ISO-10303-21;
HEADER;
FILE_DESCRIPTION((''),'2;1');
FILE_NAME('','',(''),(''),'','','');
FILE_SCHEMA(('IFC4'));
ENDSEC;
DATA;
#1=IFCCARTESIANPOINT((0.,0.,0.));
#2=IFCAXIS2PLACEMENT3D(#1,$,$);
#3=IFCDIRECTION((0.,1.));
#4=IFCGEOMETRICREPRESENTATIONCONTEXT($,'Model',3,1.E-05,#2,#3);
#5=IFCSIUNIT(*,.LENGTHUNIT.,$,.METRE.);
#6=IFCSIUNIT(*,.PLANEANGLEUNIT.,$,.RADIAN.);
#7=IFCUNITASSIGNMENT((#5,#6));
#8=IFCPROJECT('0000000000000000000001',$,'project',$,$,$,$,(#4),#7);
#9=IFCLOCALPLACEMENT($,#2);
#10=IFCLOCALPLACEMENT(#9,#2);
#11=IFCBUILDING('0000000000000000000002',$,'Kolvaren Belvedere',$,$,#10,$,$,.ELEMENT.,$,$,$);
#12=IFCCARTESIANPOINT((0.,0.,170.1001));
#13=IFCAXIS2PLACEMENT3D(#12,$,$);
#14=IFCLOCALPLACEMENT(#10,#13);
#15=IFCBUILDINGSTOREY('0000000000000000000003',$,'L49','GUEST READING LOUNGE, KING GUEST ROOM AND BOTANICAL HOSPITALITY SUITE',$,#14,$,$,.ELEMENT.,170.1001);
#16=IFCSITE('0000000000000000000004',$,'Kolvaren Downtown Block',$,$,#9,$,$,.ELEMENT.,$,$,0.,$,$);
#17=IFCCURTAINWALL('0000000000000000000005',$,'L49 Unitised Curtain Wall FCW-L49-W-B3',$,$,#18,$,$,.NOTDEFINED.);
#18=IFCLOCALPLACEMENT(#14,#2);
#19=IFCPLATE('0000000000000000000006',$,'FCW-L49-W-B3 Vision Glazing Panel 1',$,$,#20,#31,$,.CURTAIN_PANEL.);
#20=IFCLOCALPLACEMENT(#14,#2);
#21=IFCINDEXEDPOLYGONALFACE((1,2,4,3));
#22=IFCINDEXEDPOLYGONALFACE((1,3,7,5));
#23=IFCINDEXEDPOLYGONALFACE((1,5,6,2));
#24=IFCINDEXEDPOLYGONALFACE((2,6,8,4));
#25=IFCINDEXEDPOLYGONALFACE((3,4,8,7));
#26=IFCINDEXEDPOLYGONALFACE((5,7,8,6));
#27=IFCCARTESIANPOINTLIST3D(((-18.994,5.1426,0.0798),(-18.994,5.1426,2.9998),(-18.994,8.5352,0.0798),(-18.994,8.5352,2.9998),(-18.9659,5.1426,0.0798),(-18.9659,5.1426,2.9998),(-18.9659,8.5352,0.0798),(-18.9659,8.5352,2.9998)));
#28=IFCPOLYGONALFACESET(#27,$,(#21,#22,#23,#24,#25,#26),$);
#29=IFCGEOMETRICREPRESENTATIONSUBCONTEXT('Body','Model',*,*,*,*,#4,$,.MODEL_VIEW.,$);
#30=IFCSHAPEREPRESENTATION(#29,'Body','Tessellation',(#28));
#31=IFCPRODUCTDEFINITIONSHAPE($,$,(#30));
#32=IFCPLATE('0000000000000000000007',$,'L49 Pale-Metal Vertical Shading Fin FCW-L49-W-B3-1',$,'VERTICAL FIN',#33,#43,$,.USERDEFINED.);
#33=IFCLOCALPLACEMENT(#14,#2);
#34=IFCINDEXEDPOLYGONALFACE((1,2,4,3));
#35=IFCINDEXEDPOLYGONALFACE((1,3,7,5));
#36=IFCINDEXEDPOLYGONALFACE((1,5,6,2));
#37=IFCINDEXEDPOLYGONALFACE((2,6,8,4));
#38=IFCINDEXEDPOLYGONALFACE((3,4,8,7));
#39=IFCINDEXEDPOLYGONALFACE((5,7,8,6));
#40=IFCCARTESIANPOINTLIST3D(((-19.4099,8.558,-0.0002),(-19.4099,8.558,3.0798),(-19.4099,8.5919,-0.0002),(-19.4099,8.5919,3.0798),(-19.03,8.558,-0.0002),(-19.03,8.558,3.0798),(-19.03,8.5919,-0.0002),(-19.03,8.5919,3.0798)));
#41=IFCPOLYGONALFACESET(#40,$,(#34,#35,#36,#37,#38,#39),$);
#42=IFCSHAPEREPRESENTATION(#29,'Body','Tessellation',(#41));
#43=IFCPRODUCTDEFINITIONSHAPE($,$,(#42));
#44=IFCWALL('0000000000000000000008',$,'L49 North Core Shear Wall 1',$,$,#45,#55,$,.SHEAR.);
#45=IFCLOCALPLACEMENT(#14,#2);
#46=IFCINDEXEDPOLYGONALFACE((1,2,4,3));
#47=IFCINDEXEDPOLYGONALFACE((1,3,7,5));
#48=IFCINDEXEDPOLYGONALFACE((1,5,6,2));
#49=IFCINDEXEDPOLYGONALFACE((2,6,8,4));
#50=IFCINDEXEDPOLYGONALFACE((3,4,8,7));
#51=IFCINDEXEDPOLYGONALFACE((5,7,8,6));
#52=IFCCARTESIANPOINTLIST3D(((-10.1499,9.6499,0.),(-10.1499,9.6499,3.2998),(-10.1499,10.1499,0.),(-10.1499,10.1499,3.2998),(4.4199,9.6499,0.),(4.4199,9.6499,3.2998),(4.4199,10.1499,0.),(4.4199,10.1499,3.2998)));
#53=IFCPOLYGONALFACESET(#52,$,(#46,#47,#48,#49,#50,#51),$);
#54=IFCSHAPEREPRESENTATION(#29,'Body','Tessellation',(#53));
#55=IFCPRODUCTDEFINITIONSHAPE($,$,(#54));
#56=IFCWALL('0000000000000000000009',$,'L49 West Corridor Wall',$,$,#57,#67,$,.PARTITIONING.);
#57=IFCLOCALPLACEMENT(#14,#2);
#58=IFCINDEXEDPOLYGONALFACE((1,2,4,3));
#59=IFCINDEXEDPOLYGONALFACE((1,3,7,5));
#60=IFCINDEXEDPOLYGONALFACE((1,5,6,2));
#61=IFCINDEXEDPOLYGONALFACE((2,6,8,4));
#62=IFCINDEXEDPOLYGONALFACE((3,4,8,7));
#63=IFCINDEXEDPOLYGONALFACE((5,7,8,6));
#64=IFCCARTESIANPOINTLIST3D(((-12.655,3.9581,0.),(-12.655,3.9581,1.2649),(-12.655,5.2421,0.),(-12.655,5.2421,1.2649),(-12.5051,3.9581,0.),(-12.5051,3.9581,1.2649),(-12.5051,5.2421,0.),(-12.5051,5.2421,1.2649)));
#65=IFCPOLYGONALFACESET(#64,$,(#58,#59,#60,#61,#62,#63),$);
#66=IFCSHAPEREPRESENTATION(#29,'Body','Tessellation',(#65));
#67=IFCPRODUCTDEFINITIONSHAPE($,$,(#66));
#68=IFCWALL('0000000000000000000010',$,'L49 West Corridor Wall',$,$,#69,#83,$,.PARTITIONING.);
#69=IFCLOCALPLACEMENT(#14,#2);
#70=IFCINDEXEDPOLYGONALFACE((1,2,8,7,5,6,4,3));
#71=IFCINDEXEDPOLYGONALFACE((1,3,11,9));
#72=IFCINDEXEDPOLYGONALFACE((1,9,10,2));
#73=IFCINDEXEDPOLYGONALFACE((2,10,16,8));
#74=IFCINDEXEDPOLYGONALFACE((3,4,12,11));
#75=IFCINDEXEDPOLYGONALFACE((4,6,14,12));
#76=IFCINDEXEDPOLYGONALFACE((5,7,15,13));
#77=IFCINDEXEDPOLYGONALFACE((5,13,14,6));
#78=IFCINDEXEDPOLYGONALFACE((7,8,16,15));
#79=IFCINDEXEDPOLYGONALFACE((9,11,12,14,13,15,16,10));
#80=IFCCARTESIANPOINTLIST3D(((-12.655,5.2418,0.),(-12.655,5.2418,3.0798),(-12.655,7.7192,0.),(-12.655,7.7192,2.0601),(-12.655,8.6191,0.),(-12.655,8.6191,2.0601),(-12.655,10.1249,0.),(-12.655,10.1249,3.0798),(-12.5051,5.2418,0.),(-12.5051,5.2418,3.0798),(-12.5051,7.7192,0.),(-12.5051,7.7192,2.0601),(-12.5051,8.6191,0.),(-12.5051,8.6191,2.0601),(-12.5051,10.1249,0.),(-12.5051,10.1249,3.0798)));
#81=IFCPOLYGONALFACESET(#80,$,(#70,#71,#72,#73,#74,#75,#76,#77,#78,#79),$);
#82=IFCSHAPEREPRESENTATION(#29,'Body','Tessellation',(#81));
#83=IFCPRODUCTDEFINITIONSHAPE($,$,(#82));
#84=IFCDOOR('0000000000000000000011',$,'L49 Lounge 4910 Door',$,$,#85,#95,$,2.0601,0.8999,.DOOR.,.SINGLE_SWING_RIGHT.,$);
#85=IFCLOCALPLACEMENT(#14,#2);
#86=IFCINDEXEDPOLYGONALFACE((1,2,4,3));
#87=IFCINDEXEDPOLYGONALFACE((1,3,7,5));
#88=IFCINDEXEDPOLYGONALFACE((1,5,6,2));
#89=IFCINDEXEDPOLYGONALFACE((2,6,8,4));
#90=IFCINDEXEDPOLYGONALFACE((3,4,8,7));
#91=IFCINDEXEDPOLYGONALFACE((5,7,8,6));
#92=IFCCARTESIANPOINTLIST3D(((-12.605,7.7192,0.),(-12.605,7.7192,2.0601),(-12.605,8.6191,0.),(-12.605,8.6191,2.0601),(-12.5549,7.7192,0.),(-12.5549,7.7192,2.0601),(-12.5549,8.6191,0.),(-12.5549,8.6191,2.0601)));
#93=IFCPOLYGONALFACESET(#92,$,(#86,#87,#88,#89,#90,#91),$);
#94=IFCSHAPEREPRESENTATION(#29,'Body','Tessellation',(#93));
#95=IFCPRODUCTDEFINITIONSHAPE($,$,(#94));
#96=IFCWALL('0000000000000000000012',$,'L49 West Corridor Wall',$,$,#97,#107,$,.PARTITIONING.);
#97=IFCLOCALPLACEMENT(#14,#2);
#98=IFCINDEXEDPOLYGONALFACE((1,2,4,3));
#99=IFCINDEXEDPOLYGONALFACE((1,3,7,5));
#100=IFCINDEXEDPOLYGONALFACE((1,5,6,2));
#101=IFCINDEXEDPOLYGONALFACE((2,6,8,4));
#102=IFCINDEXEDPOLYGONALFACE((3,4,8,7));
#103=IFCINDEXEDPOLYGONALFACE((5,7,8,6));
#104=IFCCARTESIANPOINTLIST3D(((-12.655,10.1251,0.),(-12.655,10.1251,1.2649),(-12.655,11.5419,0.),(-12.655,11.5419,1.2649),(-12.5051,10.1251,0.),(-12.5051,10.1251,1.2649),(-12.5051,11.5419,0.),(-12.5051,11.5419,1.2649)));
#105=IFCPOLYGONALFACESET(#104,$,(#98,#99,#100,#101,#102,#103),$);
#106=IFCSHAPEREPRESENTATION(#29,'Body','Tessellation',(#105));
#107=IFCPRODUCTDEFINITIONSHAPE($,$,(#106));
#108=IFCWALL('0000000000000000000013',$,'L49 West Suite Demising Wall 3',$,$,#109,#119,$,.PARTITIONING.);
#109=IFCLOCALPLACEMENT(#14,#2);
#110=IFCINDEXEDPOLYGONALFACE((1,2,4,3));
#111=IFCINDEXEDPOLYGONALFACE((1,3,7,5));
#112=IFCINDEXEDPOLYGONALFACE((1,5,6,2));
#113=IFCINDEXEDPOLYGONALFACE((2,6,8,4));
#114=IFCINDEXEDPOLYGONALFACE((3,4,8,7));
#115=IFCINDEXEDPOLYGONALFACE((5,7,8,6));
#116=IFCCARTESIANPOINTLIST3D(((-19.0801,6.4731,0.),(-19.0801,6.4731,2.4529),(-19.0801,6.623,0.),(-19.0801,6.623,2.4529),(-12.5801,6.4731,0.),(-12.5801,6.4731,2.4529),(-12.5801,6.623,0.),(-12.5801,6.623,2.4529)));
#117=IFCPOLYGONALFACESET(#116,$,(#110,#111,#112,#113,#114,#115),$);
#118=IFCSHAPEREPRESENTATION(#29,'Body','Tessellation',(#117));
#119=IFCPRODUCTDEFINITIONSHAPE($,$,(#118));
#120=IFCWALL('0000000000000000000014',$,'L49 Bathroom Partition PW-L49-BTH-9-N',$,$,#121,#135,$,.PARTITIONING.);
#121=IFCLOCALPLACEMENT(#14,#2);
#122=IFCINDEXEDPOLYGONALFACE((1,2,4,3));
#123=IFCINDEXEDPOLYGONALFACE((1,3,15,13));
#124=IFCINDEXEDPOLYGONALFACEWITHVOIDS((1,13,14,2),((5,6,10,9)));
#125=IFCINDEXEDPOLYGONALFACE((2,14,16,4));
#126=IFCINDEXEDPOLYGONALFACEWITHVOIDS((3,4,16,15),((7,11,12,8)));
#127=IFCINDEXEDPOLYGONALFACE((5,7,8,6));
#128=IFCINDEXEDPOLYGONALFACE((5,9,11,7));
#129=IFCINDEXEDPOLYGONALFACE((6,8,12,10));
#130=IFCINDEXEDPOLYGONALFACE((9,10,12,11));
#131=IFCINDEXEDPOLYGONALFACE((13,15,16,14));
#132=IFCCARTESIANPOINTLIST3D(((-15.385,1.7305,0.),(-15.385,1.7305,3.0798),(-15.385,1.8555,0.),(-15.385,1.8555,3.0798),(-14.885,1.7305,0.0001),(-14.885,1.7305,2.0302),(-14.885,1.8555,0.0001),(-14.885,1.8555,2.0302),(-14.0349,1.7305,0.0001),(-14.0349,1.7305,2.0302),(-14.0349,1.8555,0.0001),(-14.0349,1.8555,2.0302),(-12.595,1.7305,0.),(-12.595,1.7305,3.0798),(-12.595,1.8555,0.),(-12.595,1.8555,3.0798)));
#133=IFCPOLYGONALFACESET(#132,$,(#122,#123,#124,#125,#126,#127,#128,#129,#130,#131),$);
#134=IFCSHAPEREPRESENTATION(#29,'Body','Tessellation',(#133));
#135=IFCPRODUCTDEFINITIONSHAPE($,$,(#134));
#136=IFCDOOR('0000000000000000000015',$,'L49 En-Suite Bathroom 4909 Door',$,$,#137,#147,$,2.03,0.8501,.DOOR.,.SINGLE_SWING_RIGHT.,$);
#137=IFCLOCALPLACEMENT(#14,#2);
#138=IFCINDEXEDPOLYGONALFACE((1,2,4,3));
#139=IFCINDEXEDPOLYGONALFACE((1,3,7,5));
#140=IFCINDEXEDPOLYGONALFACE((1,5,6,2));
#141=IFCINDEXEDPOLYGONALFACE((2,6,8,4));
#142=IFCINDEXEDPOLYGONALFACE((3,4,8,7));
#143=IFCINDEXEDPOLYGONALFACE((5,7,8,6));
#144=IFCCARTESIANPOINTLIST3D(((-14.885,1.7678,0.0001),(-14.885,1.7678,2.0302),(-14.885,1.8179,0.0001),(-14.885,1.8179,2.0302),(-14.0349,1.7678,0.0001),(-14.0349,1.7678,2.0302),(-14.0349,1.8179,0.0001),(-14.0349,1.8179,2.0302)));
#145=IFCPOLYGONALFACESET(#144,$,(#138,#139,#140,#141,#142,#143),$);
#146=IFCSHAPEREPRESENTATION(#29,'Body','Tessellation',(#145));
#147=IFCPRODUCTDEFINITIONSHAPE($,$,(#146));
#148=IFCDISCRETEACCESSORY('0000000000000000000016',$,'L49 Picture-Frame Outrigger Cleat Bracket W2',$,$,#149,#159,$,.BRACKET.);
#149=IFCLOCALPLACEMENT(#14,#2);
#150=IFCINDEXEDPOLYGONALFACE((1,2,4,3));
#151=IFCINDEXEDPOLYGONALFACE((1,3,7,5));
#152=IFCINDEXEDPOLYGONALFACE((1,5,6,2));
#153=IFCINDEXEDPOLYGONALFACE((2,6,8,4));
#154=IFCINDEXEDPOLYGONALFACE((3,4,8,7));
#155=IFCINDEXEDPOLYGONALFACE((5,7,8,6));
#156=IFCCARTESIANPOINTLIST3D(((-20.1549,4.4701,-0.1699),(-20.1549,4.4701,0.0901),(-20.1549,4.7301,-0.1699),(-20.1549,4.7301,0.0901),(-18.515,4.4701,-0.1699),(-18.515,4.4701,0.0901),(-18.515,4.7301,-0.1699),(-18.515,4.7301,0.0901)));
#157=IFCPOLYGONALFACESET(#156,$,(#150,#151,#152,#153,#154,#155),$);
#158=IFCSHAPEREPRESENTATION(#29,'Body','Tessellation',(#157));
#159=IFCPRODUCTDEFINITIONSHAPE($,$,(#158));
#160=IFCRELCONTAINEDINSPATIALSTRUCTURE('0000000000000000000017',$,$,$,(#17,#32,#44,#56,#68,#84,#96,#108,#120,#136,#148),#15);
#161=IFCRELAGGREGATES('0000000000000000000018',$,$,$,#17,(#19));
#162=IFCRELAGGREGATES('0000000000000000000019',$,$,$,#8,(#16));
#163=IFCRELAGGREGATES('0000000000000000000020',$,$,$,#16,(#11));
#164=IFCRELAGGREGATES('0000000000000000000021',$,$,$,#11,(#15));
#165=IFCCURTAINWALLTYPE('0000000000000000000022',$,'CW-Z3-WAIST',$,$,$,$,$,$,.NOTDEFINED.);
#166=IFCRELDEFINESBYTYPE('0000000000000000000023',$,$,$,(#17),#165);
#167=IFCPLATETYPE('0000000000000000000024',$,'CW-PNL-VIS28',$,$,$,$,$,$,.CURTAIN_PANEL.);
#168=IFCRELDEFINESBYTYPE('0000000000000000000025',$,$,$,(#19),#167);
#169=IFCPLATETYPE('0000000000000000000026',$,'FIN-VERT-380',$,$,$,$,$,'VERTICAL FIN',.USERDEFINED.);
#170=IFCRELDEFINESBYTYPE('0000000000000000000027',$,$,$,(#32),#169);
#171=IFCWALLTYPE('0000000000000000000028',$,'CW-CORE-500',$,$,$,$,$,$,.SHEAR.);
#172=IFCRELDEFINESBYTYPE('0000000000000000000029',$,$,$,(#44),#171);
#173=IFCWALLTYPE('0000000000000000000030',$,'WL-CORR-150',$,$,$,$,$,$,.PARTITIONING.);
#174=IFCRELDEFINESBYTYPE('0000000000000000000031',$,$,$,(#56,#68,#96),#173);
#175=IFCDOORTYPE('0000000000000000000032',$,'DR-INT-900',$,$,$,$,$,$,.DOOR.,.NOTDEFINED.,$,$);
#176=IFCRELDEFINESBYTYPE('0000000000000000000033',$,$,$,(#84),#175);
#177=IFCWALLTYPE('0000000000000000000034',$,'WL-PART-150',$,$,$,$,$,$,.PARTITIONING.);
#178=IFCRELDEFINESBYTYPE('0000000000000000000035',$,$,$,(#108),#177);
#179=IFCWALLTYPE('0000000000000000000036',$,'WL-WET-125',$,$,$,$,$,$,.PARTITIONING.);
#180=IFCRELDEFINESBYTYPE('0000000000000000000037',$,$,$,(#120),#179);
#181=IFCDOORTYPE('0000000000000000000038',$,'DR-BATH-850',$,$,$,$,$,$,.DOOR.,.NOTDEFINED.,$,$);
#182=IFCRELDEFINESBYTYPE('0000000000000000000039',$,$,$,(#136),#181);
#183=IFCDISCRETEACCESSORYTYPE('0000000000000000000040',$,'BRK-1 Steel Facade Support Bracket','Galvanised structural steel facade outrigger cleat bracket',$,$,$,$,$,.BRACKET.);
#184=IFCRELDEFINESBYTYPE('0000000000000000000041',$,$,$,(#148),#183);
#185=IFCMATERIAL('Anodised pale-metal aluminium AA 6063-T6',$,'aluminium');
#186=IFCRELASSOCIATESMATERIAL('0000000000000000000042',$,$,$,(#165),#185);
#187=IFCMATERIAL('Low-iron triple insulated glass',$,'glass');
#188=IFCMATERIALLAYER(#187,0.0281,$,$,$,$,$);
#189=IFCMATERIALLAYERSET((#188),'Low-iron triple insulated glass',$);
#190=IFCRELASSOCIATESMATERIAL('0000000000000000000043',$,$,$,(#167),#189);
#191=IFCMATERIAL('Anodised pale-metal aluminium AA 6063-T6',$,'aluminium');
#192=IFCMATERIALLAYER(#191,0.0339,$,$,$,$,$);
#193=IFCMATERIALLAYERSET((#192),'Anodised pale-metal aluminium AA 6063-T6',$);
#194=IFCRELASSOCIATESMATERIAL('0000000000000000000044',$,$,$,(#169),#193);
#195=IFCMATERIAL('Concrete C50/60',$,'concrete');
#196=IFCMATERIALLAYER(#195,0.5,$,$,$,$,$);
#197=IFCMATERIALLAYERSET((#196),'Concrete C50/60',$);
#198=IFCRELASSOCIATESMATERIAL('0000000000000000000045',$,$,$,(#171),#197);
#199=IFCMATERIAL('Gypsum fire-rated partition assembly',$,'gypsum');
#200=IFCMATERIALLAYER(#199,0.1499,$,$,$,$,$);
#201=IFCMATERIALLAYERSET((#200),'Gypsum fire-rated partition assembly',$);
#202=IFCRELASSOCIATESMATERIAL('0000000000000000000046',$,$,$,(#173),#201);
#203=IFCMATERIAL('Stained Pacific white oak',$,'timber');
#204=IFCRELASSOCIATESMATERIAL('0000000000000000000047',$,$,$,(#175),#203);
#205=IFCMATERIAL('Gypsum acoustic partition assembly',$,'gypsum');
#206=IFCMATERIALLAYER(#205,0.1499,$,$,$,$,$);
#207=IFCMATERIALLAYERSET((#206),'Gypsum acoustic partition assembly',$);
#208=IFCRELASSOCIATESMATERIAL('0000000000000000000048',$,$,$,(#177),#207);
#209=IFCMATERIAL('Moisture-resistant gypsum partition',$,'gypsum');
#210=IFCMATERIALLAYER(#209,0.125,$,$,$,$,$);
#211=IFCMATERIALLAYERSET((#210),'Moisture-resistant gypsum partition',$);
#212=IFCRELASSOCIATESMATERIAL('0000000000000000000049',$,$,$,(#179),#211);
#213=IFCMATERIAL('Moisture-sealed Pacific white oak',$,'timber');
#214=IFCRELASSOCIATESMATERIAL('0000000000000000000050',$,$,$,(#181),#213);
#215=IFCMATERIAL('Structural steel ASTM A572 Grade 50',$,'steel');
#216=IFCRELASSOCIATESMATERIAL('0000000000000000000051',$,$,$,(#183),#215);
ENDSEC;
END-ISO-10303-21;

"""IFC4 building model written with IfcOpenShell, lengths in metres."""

from ifc_helpers import new_model, si_unit, direction, frame, frame_2d, origin, origin_2d, place, context, subcontext, project, spatial, rectangle, extrude, material, layer, layer_set, type_object, element, fill, aggregate, save


model = new_model("IFC4")

# Units and contexts
model_context = context("Model", 3, precision=1e-05, world=origin(), true_north=direction((0.0, 1.0)))
body_context = subcontext(model_context, "Body", "Model", "MODEL_VIEW")
ifc_project = project(units=[si_unit("LENGTHUNIT", "METRE"), si_unit("PLANEANGLEUNIT", "RADIAN")], contexts=[model_context])

# Site, building, storey
site_placement = place(None, origin())
site = spatial("IfcSite", under=ifc_project, at=site_placement, Name="Kolvaren Downtown Block", CompositionType="ELEMENT", RefElevation=0.0)
building_placement = place(site_placement, origin())
building = spatial("IfcBuilding", under=site, at=building_placement, Name="Kolvaren Belvedere", CompositionType="ELEMENT")
storey_placement = place(building_placement, frame((0.0, 0.0, 170.1001)))
storey = spatial("IfcBuildingStorey", under=building, at=storey_placement, Name="L49", Description="GUEST READING LOUNGE, KING GUEST ROOM AND BOTANICAL HOSPITALITY SUITE", CompositionType="ELEMENT", Elevation=170.1001)

# Curtain wall
ifc_material_1 = material(Name="Anodised pale-metal aluminium AA 6063-T6", Category="aluminium")
curtain_wall_type = type_object("IfcCurtainWallType", Name="CW-Z3-WAIST", PredefinedType="NOTDEFINED", material=ifc_material_1)
curtain_wall_1_placement = place(storey_placement, origin())
curtain_wall_1 = element("IfcCurtainWall", 1, at=curtain_wall_1_placement, inside=storey, type_object=curtain_wall_type, Name="L49 Unitised Curtain Wall FCW-L49-W-B3", PredefinedType="NOTDEFINED")

# Plates
ifc_material_2 = material(Name="Low-iron triple insulated glass", Category="glass")
ifc_layer_1 = layer(ifc_material_2, 0.0281)
ifc_layer_set_1 = layer_set([ifc_layer_1], Name="Low-iron triple insulated glass")
plate_type_1 = type_object("IfcPlateType", Name="CW-PNL-VIS28", PredefinedType="CURTAIN_PANEL", material=ifc_layer_set_1)
plate_1_placement = place(storey_placement, frame((-18.98, 6.8389, 0.0798), z_axis=(0.0, 0.0, 1.0), x_axis=(0.0, 1.0, 0.0)))
plate_1 = element("IfcPlate", 2, at=plate_1_placement, type_object=plate_type_1, Name="FCW-L49-W-B3 Vision Glazing Panel 1", PredefinedType="CURTAIN_PANEL", context=body_context, shape_type="SweptSolid", body=[
    extrude(rectangle(XDim=3.3926, YDim=0.0281, at=origin_2d()), origin(), (0.0, 0.0, 1.0), 2.9199),
])
aggregate(curtain_wall_1, [plate_1])
ifc_material_3 = material(Name="Anodised pale-metal aluminium AA 6063-T6", Category="aluminium")
ifc_layer_2 = layer(ifc_material_3, 0.0339)
ifc_layer_set_2 = layer_set([ifc_layer_2], Name="Anodised pale-metal aluminium AA 6063-T6")
plate_type_2 = type_object("IfcPlateType", Name="FIN-VERT-380", ElementType="VERTICAL FIN", PredefinedType="USERDEFINED", material=ifc_layer_set_2)
plate_2_placement = place(storey_placement, frame((-19.22, 8.575, -0.0002), z_axis=(0.0, 0.0, 1.0), x_axis=(1.0, 0.0, 0.0)))
element("IfcPlate", 3, at=plate_2_placement, inside=storey, type_object=plate_type_2, Name="L49 Pale-Metal Vertical Shading Fin FCW-L49-W-B3-1", ObjectType="VERTICAL FIN", PredefinedType="USERDEFINED", context=body_context, shape_type="SweptSolid", body=[
    extrude(rectangle(XDim=0.3799, YDim=0.0339, at=origin_2d()), origin(), (0.0, 0.0, 1.0), 3.0801),
])

# Walls
ifc_material_4 = material(Name="Concrete C50/60", Category="concrete")
ifc_layer_3 = layer(ifc_material_4, 0.5)
ifc_layer_set_3 = layer_set([ifc_layer_3], Name="Concrete C50/60")
wall_type_1 = type_object("IfcWallType", Name="CW-CORE-500", PredefinedType="SHEAR", material=ifc_layer_set_3)
wall_1_placement = place(storey_placement, frame((-10.1499, 9.8999, 0.0), z_axis=(0.0, 0.0, 1.0), x_axis=(1.0, 0.0, 0.0)))
element("IfcWall", 4, at=wall_1_placement, inside=storey, type_object=wall_type_1, Name="L49 North Core Shear Wall 1", PredefinedType="SHEAR", context=body_context, shape_type="SweptSolid", body=[
    extrude(rectangle(XDim=14.5698, YDim=0.5, at=frame_2d((7.2849, 0.0))), origin(), (0.0, 0.0, 1.0), 3.2998),
])
ifc_material_5 = material(Name="Gypsum fire-rated partition assembly", Category="gypsum")
ifc_layer_4 = layer(ifc_material_5, 0.1499)
ifc_layer_set_4 = layer_set([ifc_layer_4], Name="Gypsum fire-rated partition assembly")
wall_type_2 = type_object("IfcWallType", Name="WL-CORR-150", PredefinedType="PARTITIONING", material=ifc_layer_set_4)
wall_2_placement = place(storey_placement, frame((-12.5801, 3.958, 0.0), z_axis=(0.0, 0.0, 1.0), x_axis=(0.0, 1.0, 0.0)))
element("IfcWall", 5, at=wall_2_placement, inside=storey, type_object=wall_type_2, Name="L49 West Corridor Wall", PredefinedType="PARTITIONING", context=body_context, shape_type="SweptSolid", body=[
    extrude(rectangle(XDim=1.2839, YDim=0.1499, at=frame_2d((0.6421, 0.0))), origin(), (0.0, 0.0, 1.0), 1.2649),
])

# Wall, opening, door
wall_3_placement = place(storey_placement, frame((-12.5801, 5.2419, 0.0), z_axis=(0.0, 0.0, 1.0), x_axis=(0.0, 1.0, 0.0)))
wall_3 = element("IfcWall", 6, at=wall_3_placement, inside=storey, type_object=wall_type_2, Name="L49 West Corridor Wall", PredefinedType="PARTITIONING", context=body_context, shape_type="SweptSolid", body=[
    extrude(rectangle(XDim=4.8831, YDim=0.1499, at=frame_2d((2.4414, 0.0))), origin(), (0.0, 0.0, 1.0), 3.0798),
])
opening_1_placement = place(wall_3_placement, frame((2.4773, 0.0, 0.0)))
opening_1 = element("IfcOpeningElement", 7, at=opening_1_placement, cuts=wall_3, PredefinedType="OPENING", context=body_context, shape_type="SweptSolid", body=[
    extrude(rectangle(XDim=0.8999, YDim=2.0601, at=frame_2d((0.45, 1.03))), frame((0.0, 0.085, 0.0), z_axis=(0.0, -1.0, 0.0), x_axis=(1.0, 0.0, 0.0)), (0.0, 0.0, 1.0), 0.1699),
])
ifc_material_6 = material(Name="Stained Pacific white oak", Category="timber")
door_type_1 = type_object("IfcDoorType", Name="DR-INT-900", OperationType="NOTDEFINED", PredefinedType="DOOR", material=ifc_material_6)
door_1_placement = place(opening_1_placement, origin())
door_1 = element("IfcDoor", 8, at=door_1_placement, inside=storey, type_object=door_type_1, Name="L49 Lounge 4910 Door", OperationType="SINGLE_SWING_RIGHT", OverallHeight=2.0601, OverallWidth=0.8999, PredefinedType="DOOR", context=body_context, shape_type="SweptSolid", body=[
    extrude(rectangle(XDim=0.8999, YDim=2.0601, at=frame_2d((0.45, 1.03))), frame((0.0, 0.0249, 0.0), z_axis=(0.0, -1.0, 0.0), x_axis=(1.0, 0.0, 0.0)), (0.0, 0.0, 1.0), 0.05),
])
fill(opening_1, door_1)

# Walls
wall_4_placement = place(storey_placement, frame((-12.5801, 10.125, 0.0), z_axis=(0.0, 0.0, 1.0), x_axis=(0.0, 1.0, 0.0)))
element("IfcWall", 9, at=wall_4_placement, inside=storey, type_object=wall_type_2, Name="L49 West Corridor Wall", PredefinedType="PARTITIONING", context=body_context, shape_type="SweptSolid", body=[
    extrude(rectangle(XDim=1.4167, YDim=0.1499, at=frame_2d((0.7085, 0.0))), origin(), (0.0, 0.0, 1.0), 1.2649),
])
ifc_material_7 = material(Name="Gypsum acoustic partition assembly", Category="gypsum")
ifc_layer_5 = layer(ifc_material_7, 0.1499)
ifc_layer_set_5 = layer_set([ifc_layer_5], Name="Gypsum acoustic partition assembly")
wall_type_3 = type_object("IfcWallType", Name="WL-PART-150", PredefinedType="PARTITIONING", material=ifc_layer_set_5)
wall_5_placement = place(storey_placement, frame((-19.0801, 6.5481, 0.0), z_axis=(0.0, 0.0, 1.0), x_axis=(1.0, 0.0, 0.0)))
element("IfcWall", 10, at=wall_5_placement, inside=storey, type_object=wall_type_3, Name="L49 West Suite Demising Wall 3", PredefinedType="PARTITIONING", context=body_context, shape_type="SweptSolid", body=[
    extrude(rectangle(XDim=6.5, YDim=0.1499, at=frame_2d((3.25, 0.0))), origin(), (0.0, 0.0, 1.0), 2.4529),
])

# Wall, opening, door
ifc_material_8 = material(Name="Moisture-resistant gypsum partition", Category="gypsum")
ifc_layer_6 = layer(ifc_material_8, 0.125)
ifc_layer_set_6 = layer_set([ifc_layer_6], Name="Moisture-resistant gypsum partition")
wall_type_4 = type_object("IfcWallType", Name="WL-WET-125", PredefinedType="PARTITIONING", material=ifc_layer_set_6)
wall_6_placement = place(storey_placement, frame((-15.385, 1.793, 0.0), z_axis=(0.0, 0.0, 1.0), x_axis=(1.0, 0.0, 0.0)))
wall_6 = element("IfcWall", 11, at=wall_6_placement, inside=storey, type_object=wall_type_4, Name="L49 Bathroom Partition PW-L49-BTH-9-N", PredefinedType="PARTITIONING", context=body_context, shape_type="SweptSolid", body=[
    extrude(rectangle(XDim=2.79, YDim=0.125, at=frame_2d((1.395, 0.0))), origin(), (0.0, 0.0, 1.0), 3.0798),
])
opening_2_placement = place(wall_6_placement, frame((0.5, 0.0, 0.0)))
opening_2 = element("IfcOpeningElement", 12, at=opening_2_placement, cuts=wall_6, PredefinedType="OPENING", context=body_context, shape_type="SweptSolid", body=[
    extrude(rectangle(XDim=0.8501, YDim=2.03, at=frame_2d((0.425, 1.0151))), frame((0.0, 0.0725, 0.0), z_axis=(0.0, -1.0, 0.0), x_axis=(1.0, 0.0, 0.0)), (0.0, 0.0, 1.0), 0.145),
])
ifc_material_9 = material(Name="Moisture-sealed Pacific white oak", Category="timber")
door_type_2 = type_object("IfcDoorType", Name="DR-BATH-850", OperationType="NOTDEFINED", PredefinedType="DOOR", material=ifc_material_9)
door_2_placement = place(opening_2_placement, origin())
door_2 = element("IfcDoor", 13, at=door_2_placement, inside=storey, type_object=door_type_2, Name="L49 En-Suite Bathroom 4909 Door", OperationType="SINGLE_SWING_RIGHT", OverallHeight=2.03, OverallWidth=0.8501, PredefinedType="DOOR", context=body_context, shape_type="SweptSolid", body=[
    extrude(rectangle(XDim=0.8501, YDim=2.03, at=frame_2d((0.425, 1.0151))), frame((0.0, 0.0249, 0.0), z_axis=(0.0, -1.0, 0.0), x_axis=(1.0, 0.0, 0.0)), (0.0, 0.0, 1.0), 0.05),
])
fill(opening_2, door_2)

# Discrete accessory
ifc_material_10 = material(Name="Structural steel ASTM A572 Grade 50", Category="steel")
discrete_accessory_type = type_object("IfcDiscreteAccessoryType", Name="BRK-1 Steel Facade Support Bracket", Description="Galvanised structural steel facade outrigger cleat bracket", PredefinedType="BRACKET", material=ifc_material_10)
discrete_accessory_placement = place(storey_placement, frame((-19.335, 4.6001, -0.1699), z_axis=(0.0, 0.0, 1.0), x_axis=(1.0, 0.0, 0.0)))
element("IfcDiscreteAccessory", 14, at=discrete_accessory_placement, inside=storey, type_object=discrete_accessory_type, Name="L49 Picture-Frame Outrigger Cleat Bracket W2", PredefinedType="BRACKET", context=body_context, shape_type="SweptSolid", body=[
    extrude(rectangle(XDim=1.6399, YDim=0.26, at=origin_2d()), origin(), (0.0, 0.0, 1.0), 0.26),
])

save(model, "model.ifc")
